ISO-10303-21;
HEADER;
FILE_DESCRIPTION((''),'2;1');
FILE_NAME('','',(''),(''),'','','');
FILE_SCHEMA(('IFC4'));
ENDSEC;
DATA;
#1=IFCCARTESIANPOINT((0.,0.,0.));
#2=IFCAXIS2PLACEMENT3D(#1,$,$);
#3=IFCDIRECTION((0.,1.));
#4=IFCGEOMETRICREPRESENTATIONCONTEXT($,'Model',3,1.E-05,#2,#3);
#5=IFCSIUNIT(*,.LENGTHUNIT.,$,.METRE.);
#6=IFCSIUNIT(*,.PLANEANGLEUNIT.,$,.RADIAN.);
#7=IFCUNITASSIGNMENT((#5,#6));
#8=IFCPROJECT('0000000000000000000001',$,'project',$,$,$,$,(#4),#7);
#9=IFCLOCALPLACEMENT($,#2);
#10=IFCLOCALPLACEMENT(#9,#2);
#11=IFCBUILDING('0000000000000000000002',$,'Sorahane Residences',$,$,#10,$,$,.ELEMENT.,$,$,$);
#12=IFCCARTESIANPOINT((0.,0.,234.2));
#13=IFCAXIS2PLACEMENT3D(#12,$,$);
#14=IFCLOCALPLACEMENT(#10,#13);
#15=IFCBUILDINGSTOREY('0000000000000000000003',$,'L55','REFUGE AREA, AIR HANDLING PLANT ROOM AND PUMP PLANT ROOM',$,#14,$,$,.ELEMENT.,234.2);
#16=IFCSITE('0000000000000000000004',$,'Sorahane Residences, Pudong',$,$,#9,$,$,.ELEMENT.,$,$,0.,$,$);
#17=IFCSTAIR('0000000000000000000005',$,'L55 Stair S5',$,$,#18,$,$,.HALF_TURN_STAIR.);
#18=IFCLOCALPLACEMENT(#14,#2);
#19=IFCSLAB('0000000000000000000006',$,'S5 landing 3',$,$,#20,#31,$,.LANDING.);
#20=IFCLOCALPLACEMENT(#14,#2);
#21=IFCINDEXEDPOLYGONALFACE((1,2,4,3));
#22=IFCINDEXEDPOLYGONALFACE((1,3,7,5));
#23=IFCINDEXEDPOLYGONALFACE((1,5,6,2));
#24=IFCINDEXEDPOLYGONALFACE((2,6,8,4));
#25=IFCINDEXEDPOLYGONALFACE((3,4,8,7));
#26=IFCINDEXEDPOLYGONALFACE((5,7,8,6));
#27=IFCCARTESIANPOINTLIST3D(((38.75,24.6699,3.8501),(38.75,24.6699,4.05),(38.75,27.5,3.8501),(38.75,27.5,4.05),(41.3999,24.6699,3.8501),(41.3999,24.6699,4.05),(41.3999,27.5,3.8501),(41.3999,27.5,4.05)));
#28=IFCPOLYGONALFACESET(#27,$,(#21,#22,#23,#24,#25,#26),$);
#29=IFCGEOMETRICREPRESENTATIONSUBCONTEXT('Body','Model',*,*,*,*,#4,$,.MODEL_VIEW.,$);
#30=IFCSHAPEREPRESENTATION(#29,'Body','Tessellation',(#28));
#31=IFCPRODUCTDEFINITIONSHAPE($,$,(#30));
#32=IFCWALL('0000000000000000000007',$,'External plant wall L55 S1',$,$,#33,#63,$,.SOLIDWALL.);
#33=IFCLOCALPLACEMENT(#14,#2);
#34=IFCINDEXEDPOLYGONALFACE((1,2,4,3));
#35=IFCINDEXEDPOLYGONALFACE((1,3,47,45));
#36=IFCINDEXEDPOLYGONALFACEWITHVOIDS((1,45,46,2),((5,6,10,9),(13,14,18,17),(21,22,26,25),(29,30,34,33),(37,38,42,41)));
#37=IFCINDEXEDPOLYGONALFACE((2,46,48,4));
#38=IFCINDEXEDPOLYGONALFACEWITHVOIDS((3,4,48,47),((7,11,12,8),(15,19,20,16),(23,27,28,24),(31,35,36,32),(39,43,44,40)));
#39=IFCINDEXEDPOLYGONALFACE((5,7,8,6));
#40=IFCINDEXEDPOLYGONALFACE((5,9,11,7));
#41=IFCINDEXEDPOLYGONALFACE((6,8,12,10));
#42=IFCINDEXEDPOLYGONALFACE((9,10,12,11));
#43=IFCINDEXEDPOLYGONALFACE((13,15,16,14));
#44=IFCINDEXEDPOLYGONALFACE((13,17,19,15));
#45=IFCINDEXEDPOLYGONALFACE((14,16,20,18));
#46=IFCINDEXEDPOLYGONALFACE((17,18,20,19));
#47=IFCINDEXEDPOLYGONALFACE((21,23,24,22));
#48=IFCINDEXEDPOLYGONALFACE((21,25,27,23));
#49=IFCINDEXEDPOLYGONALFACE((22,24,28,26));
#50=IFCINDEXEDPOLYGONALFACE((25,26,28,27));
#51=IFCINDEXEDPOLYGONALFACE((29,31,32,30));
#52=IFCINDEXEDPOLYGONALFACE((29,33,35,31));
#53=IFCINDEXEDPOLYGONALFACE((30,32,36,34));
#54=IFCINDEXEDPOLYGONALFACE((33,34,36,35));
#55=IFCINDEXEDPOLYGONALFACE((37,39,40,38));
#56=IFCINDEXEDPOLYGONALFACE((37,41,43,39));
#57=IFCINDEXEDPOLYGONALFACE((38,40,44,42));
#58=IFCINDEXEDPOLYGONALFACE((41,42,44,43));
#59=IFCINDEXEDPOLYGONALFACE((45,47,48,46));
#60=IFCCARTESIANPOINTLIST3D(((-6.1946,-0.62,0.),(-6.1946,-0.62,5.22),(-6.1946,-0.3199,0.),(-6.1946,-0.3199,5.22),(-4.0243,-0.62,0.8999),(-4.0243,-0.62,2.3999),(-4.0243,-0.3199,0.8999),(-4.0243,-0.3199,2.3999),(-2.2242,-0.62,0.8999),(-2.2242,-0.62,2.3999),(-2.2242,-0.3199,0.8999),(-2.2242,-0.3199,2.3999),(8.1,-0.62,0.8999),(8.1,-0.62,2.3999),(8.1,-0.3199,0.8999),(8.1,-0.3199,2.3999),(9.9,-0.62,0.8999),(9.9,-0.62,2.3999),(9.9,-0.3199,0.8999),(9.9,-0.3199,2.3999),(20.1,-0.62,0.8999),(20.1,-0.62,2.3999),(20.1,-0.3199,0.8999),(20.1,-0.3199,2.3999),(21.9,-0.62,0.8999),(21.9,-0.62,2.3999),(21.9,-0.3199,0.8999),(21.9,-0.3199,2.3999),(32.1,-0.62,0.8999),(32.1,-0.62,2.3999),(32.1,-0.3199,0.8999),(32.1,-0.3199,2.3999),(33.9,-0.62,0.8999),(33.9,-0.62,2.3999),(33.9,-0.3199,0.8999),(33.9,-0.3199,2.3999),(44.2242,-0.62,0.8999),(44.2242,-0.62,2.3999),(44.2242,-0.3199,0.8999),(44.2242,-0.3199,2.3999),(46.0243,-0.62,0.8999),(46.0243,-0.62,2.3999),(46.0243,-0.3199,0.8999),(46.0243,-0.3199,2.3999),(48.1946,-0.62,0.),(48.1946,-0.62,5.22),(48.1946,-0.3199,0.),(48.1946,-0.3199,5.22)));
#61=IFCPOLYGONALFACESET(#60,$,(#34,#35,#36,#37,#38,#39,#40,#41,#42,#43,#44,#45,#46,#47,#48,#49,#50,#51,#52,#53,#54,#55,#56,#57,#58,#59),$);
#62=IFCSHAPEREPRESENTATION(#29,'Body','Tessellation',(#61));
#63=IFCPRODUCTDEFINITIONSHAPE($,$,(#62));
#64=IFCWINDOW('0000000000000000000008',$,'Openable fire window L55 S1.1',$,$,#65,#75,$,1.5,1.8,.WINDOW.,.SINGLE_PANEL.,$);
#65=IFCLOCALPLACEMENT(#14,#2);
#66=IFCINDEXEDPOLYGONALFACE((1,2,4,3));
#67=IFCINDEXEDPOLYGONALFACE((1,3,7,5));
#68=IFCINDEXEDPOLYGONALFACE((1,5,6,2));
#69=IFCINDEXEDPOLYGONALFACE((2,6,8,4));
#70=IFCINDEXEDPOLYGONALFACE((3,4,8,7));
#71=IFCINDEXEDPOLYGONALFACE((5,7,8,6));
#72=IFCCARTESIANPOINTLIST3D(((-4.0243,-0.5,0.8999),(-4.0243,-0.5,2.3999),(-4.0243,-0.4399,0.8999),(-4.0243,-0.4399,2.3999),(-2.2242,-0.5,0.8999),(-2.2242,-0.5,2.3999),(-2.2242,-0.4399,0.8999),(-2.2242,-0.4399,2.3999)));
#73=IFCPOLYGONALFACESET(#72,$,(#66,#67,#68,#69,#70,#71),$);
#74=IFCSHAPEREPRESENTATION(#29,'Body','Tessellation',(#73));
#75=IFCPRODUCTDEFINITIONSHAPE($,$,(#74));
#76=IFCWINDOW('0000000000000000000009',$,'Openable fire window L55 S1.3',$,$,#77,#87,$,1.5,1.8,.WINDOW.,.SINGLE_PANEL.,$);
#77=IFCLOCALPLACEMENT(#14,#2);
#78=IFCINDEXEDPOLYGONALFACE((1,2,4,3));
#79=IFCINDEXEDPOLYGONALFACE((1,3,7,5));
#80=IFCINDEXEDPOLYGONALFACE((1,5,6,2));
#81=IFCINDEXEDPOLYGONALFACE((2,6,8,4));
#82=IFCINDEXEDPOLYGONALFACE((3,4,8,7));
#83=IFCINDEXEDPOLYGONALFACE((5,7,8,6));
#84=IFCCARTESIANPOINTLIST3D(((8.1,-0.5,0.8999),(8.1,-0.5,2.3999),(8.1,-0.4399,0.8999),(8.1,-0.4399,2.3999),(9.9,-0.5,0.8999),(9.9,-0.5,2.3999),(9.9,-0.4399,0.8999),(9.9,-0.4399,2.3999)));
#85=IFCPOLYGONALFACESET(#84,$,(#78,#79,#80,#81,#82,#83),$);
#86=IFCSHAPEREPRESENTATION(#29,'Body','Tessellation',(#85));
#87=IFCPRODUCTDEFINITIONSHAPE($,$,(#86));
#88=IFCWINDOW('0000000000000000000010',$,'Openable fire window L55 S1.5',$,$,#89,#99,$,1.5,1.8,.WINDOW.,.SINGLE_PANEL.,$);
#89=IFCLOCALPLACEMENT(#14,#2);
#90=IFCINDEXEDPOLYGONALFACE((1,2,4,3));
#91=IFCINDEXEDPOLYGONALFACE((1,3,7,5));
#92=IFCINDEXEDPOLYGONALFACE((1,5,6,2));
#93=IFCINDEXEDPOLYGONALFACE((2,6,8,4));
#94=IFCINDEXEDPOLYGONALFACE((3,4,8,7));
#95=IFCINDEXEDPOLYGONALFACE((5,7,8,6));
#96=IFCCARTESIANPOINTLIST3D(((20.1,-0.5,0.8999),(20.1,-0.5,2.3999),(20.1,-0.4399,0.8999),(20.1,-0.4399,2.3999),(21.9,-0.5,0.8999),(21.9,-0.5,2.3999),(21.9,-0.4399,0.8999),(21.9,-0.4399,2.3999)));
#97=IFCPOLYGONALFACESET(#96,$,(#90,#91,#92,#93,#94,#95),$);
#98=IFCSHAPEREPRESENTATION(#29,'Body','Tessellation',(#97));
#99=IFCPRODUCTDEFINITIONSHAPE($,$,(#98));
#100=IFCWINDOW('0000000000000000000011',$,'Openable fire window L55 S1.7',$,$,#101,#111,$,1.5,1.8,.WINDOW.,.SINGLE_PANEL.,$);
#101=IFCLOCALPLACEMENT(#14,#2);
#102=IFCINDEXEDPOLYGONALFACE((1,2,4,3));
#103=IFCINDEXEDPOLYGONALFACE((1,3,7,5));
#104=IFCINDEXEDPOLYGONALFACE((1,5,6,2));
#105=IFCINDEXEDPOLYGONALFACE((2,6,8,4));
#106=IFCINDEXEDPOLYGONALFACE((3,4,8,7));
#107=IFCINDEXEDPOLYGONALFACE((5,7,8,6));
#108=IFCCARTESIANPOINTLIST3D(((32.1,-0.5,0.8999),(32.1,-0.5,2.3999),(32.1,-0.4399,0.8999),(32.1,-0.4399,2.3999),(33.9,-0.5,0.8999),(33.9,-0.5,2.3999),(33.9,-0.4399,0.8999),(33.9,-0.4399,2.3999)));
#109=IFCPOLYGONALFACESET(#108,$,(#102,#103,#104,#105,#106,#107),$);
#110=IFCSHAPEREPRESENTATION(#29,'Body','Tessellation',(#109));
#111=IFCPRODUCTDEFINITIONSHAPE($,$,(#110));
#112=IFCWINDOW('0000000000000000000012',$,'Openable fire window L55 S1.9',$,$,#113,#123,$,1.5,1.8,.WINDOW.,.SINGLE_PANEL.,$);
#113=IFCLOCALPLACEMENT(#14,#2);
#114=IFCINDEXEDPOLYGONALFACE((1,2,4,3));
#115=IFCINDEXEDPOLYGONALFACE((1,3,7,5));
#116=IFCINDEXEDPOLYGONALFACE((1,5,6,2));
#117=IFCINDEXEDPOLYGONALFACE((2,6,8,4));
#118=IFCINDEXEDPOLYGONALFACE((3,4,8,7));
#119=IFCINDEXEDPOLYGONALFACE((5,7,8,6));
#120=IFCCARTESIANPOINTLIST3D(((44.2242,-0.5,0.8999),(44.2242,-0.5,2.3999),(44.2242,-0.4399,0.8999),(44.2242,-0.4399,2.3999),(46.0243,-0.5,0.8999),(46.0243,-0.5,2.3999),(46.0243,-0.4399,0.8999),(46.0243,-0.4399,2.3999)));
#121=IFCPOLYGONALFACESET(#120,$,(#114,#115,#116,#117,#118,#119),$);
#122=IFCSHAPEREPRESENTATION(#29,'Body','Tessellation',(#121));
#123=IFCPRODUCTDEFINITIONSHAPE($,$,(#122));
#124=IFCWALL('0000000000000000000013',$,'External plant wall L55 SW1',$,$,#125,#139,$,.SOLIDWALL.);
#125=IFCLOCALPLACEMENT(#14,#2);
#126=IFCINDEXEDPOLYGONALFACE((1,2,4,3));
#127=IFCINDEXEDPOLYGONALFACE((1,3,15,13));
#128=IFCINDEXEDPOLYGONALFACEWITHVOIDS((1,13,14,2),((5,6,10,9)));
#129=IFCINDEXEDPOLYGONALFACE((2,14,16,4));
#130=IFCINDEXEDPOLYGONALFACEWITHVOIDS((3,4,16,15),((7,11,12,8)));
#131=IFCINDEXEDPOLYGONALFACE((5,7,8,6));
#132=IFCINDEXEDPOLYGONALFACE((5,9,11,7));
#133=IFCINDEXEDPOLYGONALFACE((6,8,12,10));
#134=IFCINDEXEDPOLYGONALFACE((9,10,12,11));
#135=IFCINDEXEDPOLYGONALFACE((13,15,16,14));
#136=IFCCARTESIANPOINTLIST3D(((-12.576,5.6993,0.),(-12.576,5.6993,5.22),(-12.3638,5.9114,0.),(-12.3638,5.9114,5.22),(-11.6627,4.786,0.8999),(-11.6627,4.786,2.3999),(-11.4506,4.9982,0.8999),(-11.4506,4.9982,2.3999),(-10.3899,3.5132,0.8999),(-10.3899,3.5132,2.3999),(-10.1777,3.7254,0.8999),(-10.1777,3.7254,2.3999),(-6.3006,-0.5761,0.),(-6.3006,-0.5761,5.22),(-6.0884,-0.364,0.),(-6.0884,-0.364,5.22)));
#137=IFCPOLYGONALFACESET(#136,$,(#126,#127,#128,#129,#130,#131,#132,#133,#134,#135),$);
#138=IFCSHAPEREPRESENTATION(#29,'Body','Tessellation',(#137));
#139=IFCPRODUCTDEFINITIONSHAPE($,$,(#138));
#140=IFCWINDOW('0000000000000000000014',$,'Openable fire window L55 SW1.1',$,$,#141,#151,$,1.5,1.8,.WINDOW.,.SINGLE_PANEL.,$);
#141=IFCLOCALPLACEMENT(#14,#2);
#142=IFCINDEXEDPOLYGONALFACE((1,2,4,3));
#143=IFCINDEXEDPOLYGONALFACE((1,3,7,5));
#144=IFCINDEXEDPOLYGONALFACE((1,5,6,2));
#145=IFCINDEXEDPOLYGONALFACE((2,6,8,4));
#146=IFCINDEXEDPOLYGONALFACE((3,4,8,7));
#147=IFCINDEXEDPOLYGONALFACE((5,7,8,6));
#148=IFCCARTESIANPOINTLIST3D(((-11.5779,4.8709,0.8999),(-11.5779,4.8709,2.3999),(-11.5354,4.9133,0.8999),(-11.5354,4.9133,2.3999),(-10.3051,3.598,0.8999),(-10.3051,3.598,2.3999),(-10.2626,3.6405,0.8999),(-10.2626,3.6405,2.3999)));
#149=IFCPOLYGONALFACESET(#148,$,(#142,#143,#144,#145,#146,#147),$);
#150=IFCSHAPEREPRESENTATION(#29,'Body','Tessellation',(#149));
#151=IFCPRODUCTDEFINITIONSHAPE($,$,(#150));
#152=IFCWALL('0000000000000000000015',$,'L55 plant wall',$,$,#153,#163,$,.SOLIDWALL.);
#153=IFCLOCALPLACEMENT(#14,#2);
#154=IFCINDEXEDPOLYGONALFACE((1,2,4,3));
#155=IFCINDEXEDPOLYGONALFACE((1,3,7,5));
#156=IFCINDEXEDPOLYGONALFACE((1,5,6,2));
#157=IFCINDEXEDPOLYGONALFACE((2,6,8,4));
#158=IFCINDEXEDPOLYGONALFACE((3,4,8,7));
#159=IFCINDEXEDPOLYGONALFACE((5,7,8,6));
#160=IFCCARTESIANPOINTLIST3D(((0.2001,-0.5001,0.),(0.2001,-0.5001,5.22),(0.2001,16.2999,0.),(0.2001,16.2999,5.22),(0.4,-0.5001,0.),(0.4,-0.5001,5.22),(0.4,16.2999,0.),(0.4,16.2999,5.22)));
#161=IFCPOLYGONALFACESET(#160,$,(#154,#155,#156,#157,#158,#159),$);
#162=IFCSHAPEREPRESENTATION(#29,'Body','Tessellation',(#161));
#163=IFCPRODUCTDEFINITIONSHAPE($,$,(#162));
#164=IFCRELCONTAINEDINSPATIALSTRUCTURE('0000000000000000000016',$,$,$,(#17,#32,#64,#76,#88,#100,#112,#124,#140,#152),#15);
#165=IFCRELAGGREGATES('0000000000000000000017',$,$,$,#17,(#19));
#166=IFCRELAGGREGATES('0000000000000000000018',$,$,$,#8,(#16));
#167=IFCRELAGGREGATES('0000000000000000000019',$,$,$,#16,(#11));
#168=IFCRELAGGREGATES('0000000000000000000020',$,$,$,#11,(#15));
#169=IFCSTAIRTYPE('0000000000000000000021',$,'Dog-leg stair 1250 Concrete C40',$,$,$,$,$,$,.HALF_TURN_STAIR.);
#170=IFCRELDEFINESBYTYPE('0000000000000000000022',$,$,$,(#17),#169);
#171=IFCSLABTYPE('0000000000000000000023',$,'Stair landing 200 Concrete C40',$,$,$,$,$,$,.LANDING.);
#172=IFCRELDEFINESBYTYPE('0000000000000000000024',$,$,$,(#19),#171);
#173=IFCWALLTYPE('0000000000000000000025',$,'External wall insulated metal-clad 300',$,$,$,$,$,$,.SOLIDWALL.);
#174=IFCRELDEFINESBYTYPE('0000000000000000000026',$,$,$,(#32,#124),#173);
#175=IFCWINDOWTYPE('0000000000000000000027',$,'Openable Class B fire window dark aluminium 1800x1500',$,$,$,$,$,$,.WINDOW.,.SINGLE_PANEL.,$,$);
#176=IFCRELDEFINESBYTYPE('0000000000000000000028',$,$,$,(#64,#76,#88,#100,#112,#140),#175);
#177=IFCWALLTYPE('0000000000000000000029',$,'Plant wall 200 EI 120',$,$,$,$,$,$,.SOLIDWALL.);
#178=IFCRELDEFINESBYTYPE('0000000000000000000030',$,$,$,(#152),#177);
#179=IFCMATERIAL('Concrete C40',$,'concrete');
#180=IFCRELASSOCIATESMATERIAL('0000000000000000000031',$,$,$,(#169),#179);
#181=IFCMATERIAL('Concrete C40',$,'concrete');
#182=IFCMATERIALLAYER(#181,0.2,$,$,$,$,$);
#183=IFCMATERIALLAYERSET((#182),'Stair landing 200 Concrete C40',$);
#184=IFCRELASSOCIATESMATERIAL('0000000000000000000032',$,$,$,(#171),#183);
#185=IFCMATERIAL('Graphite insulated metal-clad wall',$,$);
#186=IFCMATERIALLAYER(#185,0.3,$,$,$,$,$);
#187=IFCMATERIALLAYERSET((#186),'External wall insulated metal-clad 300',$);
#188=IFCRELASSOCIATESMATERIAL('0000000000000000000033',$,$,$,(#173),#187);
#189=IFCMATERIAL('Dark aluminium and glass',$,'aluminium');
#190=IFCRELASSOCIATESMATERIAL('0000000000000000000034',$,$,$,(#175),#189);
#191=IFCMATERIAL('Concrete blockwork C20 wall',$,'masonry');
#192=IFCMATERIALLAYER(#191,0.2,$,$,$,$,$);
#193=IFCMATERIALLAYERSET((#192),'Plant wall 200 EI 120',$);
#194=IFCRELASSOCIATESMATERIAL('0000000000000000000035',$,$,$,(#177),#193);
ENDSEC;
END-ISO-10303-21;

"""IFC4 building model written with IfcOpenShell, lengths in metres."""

from ifc_helpers import new_model, si_unit, direction, frame, frame_2d, origin, place, context, subcontext, project, spatial, polyline, rectangle, outline, extrude, material, layer, layer_set, type_object, element, fill, aggregate, save


model = new_model("IFC4")

# Units and contexts
model_context = context("Model", 3, precision=1e-05, world=origin(), true_north=direction((0.0, 1.0)))
body_context = subcontext(model_context, "Body", "Model", "MODEL_VIEW")
ifc_project = project(units=[si_unit("LENGTHUNIT", "METRE"), si_unit("PLANEANGLEUNIT", "RADIAN")], contexts=[model_context])

# Site, building, storey
site_placement = place(None, origin())
site = spatial("IfcSite", under=ifc_project, at=site_placement, Name="Sorahane Residences, Pudong", CompositionType="ELEMENT", RefElevation=0.0)
building_placement = place(site_placement, origin())
building = spatial("IfcBuilding", under=site, at=building_placement, Name="Sorahane Residences", CompositionType="ELEMENT")
storey_placement = place(building_placement, frame((0.0, 0.0, 234.2)))
storey = spatial("IfcBuildingStorey", under=building, at=storey_placement, Name="L55", Description="REFUGE AREA, AIR HANDLING PLANT ROOM AND PUMP PLANT ROOM", CompositionType="ELEMENT", Elevation=234.2)

# Shared definitions
ifc_material_1 = material(Name="Concrete C40", Category="concrete")
stair_type = type_object("IfcStairType", Name="Dog-leg stair 1250 Concrete C40", PredefinedType="HALF_TURN_STAIR", material=ifc_material_1)
ifc_material_2 = material(Name="Concrete C40", Category="concrete")
ifc_layer_1 = layer(ifc_material_2, 0.2)
ifc_layer_set_1 = layer_set([ifc_layer_1], Name="Stair landing 200 Concrete C40")
slab_type_1 = type_object("IfcSlabType", Name="Stair landing 200 Concrete C40", PredefinedType="LANDING", material=ifc_layer_set_1)

# Stair, slab
stair_1_placement = place(storey_placement, origin())
stair_1 = element("IfcStair", 1, at=stair_1_placement, inside=storey, type_object=stair_type, Name="L55 Stair S5", PredefinedType="HALF_TURN_STAIR")
slab_1_placement = place(storey_placement, frame((0.0, 0.0, 3.8501)))
slab_1 = element("IfcSlab", 2, at=slab_1_placement, type_object=slab_type_1, Name="S5 landing 3", PredefinedType="LANDING", context=body_context, shape_type="SweptSolid", body=[
    extrude(outline(polyline([(41.3999, 24.6699), (41.3999, 27.5), (38.75, 27.5), (38.75, 24.6699), (41.3999, 24.6699)])), origin(), (0.0, 0.0, 1.0), 0.2),
])
aggregate(stair_1, [slab_1])

# Wall, openings, windows
ifc_material_3 = material(Name="Graphite insulated metal-clad wall")
ifc_layer_2 = layer(ifc_material_3, 0.3)
ifc_layer_set_2 = layer_set([ifc_layer_2], Name="External wall insulated metal-clad 300")
wall_type_1 = type_object("IfcWallType", Name="External wall insulated metal-clad 300", PredefinedType="SOLIDWALL", material=ifc_layer_set_2)
wall_1_placement = place(storey_placement, frame((-6.1946, -0.47, 0.0), z_axis=(0.0, 0.0, 1.0), x_axis=(1.0, 0.0, 0.0)))
wall_1 = element("IfcWall", 3, at=wall_1_placement, inside=storey, type_object=wall_type_1, Name="External plant wall L55 S1", PredefinedType="SOLIDWALL", context=body_context, shape_type="SweptSolid", body=[
    extrude(rectangle(XDim=54.3892, YDim=0.3, at=frame_2d((27.1946, 0.0))), origin(), (0.0, 0.0, 1.0), 5.22),
])
opening_1_placement = place(wall_1_placement, frame((2.1704, 0.0, 0.8999)))
opening_1 = element("IfcOpeningElement", 4, at=opening_1_placement, cuts=wall_1, PredefinedType="OPENING", context=body_context, shape_type="SweptSolid", body=[
    extrude(rectangle(XDim=1.8, YDim=1.5, at=frame_2d((0.8999, 0.75))), frame((0.0, 0.1599, 0.0), z_axis=(0.0, -1.0, 0.0), x_axis=(1.0, 0.0, 0.0)), (0.0, 0.0, 1.0), 0.3201),
])
opening_2_placement = place(wall_1_placement, frame((14.2947, 0.0, 0.8999)))
opening_2 = element("IfcOpeningElement", 5, at=opening_2_placement, cuts=wall_1, PredefinedType="OPENING", context=body_context, shape_type="SweptSolid", body=[
    extrude(rectangle(XDim=1.8, YDim=1.5, at=frame_2d((0.8999, 0.75))), frame((0.0, 0.1599, 0.0), z_axis=(0.0, -1.0, 0.0), x_axis=(1.0, 0.0, 0.0)), (0.0, 0.0, 1.0), 0.3201),
])
opening_3_placement = place(wall_1_placement, frame((26.2947, 0.0, 0.8999)))
opening_3 = element("IfcOpeningElement", 6, at=opening_3_placement, cuts=wall_1, PredefinedType="OPENING", context=body_context, shape_type="SweptSolid", body=[
    extrude(rectangle(XDim=1.8, YDim=1.5, at=frame_2d((0.8999, 0.75))), frame((0.0, 0.1599, 0.0), z_axis=(0.0, -1.0, 0.0), x_axis=(1.0, 0.0, 0.0)), (0.0, 0.0, 1.0), 0.3201),
])
opening_4_placement = place(wall_1_placement, frame((38.2947, 0.0, 0.8999)))
opening_4 = element("IfcOpeningElement", 7, at=opening_4_placement, cuts=wall_1, PredefinedType="OPENING", context=body_context, shape_type="SweptSolid", body=[
    extrude(rectangle(XDim=1.8, YDim=1.5, at=frame_2d((0.8999, 0.75))), frame((0.0, 0.1599, 0.0), z_axis=(0.0, -1.0, 0.0), x_axis=(1.0, 0.0, 0.0)), (0.0, 0.0, 1.0), 0.3201),
])
opening_5_placement = place(wall_1_placement, frame((50.4189, 0.0, 0.8999)))
opening_5 = element("IfcOpeningElement", 8, at=opening_5_placement, cuts=wall_1, PredefinedType="OPENING", context=body_context, shape_type="SweptSolid", body=[
    extrude(rectangle(XDim=1.8, YDim=1.5, at=frame_2d((0.8999, 0.75))), frame((0.0, 0.1599, 0.0), z_axis=(0.0, -1.0, 0.0), x_axis=(1.0, 0.0, 0.0)), (0.0, 0.0, 1.0), 0.3201),
])
ifc_material_4 = material(Name="Dark aluminium and glass", Category="aluminium")
window_type = type_object("IfcWindowType", Name="Openable Class B fire window dark aluminium 1800x1500", PartitioningType="SINGLE_PANEL", PredefinedType="WINDOW", material=ifc_material_4)
window_1_placement = place(opening_1_placement, origin())
window_1 = element("IfcWindow", 9, at=window_1_placement, inside=storey, type_object=window_type, Name="Openable fire window L55 S1.1", OverallHeight=1.5, OverallWidth=1.8, PartitioningType="SINGLE_PANEL", PredefinedType="WINDOW", context=body_context, shape_type="SweptSolid", body=[
    extrude(rectangle(XDim=1.8, YDim=1.5, at=frame_2d((0.8999, 0.75))), frame((0.0, 0.03, 0.0), z_axis=(0.0, -1.0, 0.0), x_axis=(1.0, 0.0, 0.0)), (0.0, 0.0, 1.0), 0.0601),
])
fill(opening_1, window_1)
window_2_placement = place(opening_2_placement, origin())
window_2 = element("IfcWindow", 10, at=window_2_placement, inside=storey, type_object=window_type, Name="Openable fire window L55 S1.3", OverallHeight=1.5, OverallWidth=1.8, PartitioningType="SINGLE_PANEL", PredefinedType="WINDOW", context=body_context, shape_type="SweptSolid", body=[
    extrude(rectangle(XDim=1.8, YDim=1.5, at=frame_2d((0.8999, 0.75))), frame((0.0, 0.03, 0.0), z_axis=(0.0, -1.0, 0.0), x_axis=(1.0, 0.0, 0.0)), (0.0, 0.0, 1.0), 0.0601),
])
fill(opening_2, window_2)
window_3_placement = place(opening_3_placement, origin())
window_3 = element("IfcWindow", 11, at=window_3_placement, inside=storey, type_object=window_type, Name="Openable fire window L55 S1.5", OverallHeight=1.5, OverallWidth=1.8, PartitioningType="SINGLE_PANEL", PredefinedType="WINDOW", context=body_context, shape_type="SweptSolid", body=[
    extrude(rectangle(XDim=1.8, YDim=1.5, at=frame_2d((0.8999, 0.75))), frame((0.0, 0.03, 0.0), z_axis=(0.0, -1.0, 0.0), x_axis=(1.0, 0.0, 0.0)), (0.0, 0.0, 1.0), 0.0601),
])
fill(opening_3, window_3)
window_4_placement = place(opening_4_placement, origin())
window_4 = element("IfcWindow", 12, at=window_4_placement, inside=storey, type_object=window_type, Name="Openable fire window L55 S1.7", OverallHeight=1.5, OverallWidth=1.8, PartitioningType="SINGLE_PANEL", PredefinedType="WINDOW", context=body_context, shape_type="SweptSolid", body=[
    extrude(rectangle(XDim=1.8, YDim=1.5, at=frame_2d((0.8999, 0.75))), frame((0.0, 0.03, 0.0), z_axis=(0.0, -1.0, 0.0), x_axis=(1.0, 0.0, 0.0)), (0.0, 0.0, 1.0), 0.0601),
])
fill(opening_4, window_4)
window_5_placement = place(opening_5_placement, origin())
window_5 = element("IfcWindow", 13, at=window_5_placement, inside=storey, type_object=window_type, Name="Openable fire window L55 S1.9", OverallHeight=1.5, OverallWidth=1.8, PartitioningType="SINGLE_PANEL", PredefinedType="WINDOW", context=body_context, shape_type="SweptSolid", body=[
    extrude(rectangle(XDim=1.8, YDim=1.5, at=frame_2d((0.8999, 0.75))), frame((0.0, 0.03, 0.0), z_axis=(0.0, -1.0, 0.0), x_axis=(1.0, 0.0, 0.0)), (0.0, 0.0, 1.0), 0.0601),
])
fill(opening_5, window_5)

# Wall, opening, window
wall_2_placement = place(storey_placement, frame((-12.47, 5.8054, 0.0), z_axis=(0.0, 0.0, 1.0), x_axis=(0.707107, -0.707107, 0.0)))
wall_2 = element("IfcWall", 14, at=wall_2_placement, inside=storey, type_object=wall_type_1, Name="External plant wall L55 SW1", PredefinedType="SOLIDWALL", context=body_context, shape_type="SweptSolid", body=[
    extrude(rectangle(XDim=8.8748, YDim=0.3, at=frame_2d((4.4375, 0.0))), origin(), (0.0, 0.0, 1.0), 5.22),
])
opening_6_placement = place(wall_2_placement, frame((1.2917, 0.0, 0.8999)))
opening_6 = element("IfcOpeningElement", 15, at=opening_6_placement, cuts=wall_2, PredefinedType="OPENING", context=body_context, shape_type="SweptSolid", body=[
    extrude(rectangle(XDim=1.8, YDim=1.5, at=frame_2d((0.8999, 0.75))), frame((0.0, 0.1599, 0.0), z_axis=(0.0, -1.0, 0.0), x_axis=(1.0, 0.0, 0.0)), (0.0, 0.0, 1.0), 0.3201),
])
window_6_placement = place(opening_6_placement, origin())
window_6 = element("IfcWindow", 16, at=window_6_placement, inside=storey, type_object=window_type, Name="Openable fire window L55 SW1.1", OverallHeight=1.5, OverallWidth=1.8, PartitioningType="SINGLE_PANEL", PredefinedType="WINDOW", context=body_context, shape_type="SweptSolid", body=[
    extrude(rectangle(XDim=1.8, YDim=1.5, at=frame_2d((0.8999, 0.75))), frame((0.0, 0.03, 0.0), z_axis=(0.0, -1.0, 0.0), x_axis=(1.0, 0.0, 0.0)), (0.0, 0.0, 1.0), 0.0601),
])
fill(opening_6, window_6)

# Wall
ifc_material_5 = material(Name="Concrete blockwork C20 wall", Category="masonry")
ifc_layer_3 = layer(ifc_material_5, 0.2)
ifc_layer_set_3 = layer_set([ifc_layer_3], Name="Plant wall 200 EI 120")
wall_type_2 = type_object("IfcWallType", Name="Plant wall 200 EI 120", PredefinedType="SOLIDWALL", material=ifc_layer_set_3)
wall_3_placement = place(storey_placement, frame((0.3, -0.5, 0.0), z_axis=(0.0, 0.0, 1.0), x_axis=(0.0, 1.0, 0.0)))
element("IfcWall", 17, at=wall_3_placement, inside=storey, type_object=wall_type_2, Name="L55 plant wall", PredefinedType="SOLIDWALL", context=body_context, shape_type="SweptSolid", body=[
    extrude(rectangle(XDim=16.8, YDim=0.2, at=frame_2d((8.3999, 0.0))), origin(), (0.0, 0.0, 1.0), 5.22),
])

save(model, "model.ifc")
